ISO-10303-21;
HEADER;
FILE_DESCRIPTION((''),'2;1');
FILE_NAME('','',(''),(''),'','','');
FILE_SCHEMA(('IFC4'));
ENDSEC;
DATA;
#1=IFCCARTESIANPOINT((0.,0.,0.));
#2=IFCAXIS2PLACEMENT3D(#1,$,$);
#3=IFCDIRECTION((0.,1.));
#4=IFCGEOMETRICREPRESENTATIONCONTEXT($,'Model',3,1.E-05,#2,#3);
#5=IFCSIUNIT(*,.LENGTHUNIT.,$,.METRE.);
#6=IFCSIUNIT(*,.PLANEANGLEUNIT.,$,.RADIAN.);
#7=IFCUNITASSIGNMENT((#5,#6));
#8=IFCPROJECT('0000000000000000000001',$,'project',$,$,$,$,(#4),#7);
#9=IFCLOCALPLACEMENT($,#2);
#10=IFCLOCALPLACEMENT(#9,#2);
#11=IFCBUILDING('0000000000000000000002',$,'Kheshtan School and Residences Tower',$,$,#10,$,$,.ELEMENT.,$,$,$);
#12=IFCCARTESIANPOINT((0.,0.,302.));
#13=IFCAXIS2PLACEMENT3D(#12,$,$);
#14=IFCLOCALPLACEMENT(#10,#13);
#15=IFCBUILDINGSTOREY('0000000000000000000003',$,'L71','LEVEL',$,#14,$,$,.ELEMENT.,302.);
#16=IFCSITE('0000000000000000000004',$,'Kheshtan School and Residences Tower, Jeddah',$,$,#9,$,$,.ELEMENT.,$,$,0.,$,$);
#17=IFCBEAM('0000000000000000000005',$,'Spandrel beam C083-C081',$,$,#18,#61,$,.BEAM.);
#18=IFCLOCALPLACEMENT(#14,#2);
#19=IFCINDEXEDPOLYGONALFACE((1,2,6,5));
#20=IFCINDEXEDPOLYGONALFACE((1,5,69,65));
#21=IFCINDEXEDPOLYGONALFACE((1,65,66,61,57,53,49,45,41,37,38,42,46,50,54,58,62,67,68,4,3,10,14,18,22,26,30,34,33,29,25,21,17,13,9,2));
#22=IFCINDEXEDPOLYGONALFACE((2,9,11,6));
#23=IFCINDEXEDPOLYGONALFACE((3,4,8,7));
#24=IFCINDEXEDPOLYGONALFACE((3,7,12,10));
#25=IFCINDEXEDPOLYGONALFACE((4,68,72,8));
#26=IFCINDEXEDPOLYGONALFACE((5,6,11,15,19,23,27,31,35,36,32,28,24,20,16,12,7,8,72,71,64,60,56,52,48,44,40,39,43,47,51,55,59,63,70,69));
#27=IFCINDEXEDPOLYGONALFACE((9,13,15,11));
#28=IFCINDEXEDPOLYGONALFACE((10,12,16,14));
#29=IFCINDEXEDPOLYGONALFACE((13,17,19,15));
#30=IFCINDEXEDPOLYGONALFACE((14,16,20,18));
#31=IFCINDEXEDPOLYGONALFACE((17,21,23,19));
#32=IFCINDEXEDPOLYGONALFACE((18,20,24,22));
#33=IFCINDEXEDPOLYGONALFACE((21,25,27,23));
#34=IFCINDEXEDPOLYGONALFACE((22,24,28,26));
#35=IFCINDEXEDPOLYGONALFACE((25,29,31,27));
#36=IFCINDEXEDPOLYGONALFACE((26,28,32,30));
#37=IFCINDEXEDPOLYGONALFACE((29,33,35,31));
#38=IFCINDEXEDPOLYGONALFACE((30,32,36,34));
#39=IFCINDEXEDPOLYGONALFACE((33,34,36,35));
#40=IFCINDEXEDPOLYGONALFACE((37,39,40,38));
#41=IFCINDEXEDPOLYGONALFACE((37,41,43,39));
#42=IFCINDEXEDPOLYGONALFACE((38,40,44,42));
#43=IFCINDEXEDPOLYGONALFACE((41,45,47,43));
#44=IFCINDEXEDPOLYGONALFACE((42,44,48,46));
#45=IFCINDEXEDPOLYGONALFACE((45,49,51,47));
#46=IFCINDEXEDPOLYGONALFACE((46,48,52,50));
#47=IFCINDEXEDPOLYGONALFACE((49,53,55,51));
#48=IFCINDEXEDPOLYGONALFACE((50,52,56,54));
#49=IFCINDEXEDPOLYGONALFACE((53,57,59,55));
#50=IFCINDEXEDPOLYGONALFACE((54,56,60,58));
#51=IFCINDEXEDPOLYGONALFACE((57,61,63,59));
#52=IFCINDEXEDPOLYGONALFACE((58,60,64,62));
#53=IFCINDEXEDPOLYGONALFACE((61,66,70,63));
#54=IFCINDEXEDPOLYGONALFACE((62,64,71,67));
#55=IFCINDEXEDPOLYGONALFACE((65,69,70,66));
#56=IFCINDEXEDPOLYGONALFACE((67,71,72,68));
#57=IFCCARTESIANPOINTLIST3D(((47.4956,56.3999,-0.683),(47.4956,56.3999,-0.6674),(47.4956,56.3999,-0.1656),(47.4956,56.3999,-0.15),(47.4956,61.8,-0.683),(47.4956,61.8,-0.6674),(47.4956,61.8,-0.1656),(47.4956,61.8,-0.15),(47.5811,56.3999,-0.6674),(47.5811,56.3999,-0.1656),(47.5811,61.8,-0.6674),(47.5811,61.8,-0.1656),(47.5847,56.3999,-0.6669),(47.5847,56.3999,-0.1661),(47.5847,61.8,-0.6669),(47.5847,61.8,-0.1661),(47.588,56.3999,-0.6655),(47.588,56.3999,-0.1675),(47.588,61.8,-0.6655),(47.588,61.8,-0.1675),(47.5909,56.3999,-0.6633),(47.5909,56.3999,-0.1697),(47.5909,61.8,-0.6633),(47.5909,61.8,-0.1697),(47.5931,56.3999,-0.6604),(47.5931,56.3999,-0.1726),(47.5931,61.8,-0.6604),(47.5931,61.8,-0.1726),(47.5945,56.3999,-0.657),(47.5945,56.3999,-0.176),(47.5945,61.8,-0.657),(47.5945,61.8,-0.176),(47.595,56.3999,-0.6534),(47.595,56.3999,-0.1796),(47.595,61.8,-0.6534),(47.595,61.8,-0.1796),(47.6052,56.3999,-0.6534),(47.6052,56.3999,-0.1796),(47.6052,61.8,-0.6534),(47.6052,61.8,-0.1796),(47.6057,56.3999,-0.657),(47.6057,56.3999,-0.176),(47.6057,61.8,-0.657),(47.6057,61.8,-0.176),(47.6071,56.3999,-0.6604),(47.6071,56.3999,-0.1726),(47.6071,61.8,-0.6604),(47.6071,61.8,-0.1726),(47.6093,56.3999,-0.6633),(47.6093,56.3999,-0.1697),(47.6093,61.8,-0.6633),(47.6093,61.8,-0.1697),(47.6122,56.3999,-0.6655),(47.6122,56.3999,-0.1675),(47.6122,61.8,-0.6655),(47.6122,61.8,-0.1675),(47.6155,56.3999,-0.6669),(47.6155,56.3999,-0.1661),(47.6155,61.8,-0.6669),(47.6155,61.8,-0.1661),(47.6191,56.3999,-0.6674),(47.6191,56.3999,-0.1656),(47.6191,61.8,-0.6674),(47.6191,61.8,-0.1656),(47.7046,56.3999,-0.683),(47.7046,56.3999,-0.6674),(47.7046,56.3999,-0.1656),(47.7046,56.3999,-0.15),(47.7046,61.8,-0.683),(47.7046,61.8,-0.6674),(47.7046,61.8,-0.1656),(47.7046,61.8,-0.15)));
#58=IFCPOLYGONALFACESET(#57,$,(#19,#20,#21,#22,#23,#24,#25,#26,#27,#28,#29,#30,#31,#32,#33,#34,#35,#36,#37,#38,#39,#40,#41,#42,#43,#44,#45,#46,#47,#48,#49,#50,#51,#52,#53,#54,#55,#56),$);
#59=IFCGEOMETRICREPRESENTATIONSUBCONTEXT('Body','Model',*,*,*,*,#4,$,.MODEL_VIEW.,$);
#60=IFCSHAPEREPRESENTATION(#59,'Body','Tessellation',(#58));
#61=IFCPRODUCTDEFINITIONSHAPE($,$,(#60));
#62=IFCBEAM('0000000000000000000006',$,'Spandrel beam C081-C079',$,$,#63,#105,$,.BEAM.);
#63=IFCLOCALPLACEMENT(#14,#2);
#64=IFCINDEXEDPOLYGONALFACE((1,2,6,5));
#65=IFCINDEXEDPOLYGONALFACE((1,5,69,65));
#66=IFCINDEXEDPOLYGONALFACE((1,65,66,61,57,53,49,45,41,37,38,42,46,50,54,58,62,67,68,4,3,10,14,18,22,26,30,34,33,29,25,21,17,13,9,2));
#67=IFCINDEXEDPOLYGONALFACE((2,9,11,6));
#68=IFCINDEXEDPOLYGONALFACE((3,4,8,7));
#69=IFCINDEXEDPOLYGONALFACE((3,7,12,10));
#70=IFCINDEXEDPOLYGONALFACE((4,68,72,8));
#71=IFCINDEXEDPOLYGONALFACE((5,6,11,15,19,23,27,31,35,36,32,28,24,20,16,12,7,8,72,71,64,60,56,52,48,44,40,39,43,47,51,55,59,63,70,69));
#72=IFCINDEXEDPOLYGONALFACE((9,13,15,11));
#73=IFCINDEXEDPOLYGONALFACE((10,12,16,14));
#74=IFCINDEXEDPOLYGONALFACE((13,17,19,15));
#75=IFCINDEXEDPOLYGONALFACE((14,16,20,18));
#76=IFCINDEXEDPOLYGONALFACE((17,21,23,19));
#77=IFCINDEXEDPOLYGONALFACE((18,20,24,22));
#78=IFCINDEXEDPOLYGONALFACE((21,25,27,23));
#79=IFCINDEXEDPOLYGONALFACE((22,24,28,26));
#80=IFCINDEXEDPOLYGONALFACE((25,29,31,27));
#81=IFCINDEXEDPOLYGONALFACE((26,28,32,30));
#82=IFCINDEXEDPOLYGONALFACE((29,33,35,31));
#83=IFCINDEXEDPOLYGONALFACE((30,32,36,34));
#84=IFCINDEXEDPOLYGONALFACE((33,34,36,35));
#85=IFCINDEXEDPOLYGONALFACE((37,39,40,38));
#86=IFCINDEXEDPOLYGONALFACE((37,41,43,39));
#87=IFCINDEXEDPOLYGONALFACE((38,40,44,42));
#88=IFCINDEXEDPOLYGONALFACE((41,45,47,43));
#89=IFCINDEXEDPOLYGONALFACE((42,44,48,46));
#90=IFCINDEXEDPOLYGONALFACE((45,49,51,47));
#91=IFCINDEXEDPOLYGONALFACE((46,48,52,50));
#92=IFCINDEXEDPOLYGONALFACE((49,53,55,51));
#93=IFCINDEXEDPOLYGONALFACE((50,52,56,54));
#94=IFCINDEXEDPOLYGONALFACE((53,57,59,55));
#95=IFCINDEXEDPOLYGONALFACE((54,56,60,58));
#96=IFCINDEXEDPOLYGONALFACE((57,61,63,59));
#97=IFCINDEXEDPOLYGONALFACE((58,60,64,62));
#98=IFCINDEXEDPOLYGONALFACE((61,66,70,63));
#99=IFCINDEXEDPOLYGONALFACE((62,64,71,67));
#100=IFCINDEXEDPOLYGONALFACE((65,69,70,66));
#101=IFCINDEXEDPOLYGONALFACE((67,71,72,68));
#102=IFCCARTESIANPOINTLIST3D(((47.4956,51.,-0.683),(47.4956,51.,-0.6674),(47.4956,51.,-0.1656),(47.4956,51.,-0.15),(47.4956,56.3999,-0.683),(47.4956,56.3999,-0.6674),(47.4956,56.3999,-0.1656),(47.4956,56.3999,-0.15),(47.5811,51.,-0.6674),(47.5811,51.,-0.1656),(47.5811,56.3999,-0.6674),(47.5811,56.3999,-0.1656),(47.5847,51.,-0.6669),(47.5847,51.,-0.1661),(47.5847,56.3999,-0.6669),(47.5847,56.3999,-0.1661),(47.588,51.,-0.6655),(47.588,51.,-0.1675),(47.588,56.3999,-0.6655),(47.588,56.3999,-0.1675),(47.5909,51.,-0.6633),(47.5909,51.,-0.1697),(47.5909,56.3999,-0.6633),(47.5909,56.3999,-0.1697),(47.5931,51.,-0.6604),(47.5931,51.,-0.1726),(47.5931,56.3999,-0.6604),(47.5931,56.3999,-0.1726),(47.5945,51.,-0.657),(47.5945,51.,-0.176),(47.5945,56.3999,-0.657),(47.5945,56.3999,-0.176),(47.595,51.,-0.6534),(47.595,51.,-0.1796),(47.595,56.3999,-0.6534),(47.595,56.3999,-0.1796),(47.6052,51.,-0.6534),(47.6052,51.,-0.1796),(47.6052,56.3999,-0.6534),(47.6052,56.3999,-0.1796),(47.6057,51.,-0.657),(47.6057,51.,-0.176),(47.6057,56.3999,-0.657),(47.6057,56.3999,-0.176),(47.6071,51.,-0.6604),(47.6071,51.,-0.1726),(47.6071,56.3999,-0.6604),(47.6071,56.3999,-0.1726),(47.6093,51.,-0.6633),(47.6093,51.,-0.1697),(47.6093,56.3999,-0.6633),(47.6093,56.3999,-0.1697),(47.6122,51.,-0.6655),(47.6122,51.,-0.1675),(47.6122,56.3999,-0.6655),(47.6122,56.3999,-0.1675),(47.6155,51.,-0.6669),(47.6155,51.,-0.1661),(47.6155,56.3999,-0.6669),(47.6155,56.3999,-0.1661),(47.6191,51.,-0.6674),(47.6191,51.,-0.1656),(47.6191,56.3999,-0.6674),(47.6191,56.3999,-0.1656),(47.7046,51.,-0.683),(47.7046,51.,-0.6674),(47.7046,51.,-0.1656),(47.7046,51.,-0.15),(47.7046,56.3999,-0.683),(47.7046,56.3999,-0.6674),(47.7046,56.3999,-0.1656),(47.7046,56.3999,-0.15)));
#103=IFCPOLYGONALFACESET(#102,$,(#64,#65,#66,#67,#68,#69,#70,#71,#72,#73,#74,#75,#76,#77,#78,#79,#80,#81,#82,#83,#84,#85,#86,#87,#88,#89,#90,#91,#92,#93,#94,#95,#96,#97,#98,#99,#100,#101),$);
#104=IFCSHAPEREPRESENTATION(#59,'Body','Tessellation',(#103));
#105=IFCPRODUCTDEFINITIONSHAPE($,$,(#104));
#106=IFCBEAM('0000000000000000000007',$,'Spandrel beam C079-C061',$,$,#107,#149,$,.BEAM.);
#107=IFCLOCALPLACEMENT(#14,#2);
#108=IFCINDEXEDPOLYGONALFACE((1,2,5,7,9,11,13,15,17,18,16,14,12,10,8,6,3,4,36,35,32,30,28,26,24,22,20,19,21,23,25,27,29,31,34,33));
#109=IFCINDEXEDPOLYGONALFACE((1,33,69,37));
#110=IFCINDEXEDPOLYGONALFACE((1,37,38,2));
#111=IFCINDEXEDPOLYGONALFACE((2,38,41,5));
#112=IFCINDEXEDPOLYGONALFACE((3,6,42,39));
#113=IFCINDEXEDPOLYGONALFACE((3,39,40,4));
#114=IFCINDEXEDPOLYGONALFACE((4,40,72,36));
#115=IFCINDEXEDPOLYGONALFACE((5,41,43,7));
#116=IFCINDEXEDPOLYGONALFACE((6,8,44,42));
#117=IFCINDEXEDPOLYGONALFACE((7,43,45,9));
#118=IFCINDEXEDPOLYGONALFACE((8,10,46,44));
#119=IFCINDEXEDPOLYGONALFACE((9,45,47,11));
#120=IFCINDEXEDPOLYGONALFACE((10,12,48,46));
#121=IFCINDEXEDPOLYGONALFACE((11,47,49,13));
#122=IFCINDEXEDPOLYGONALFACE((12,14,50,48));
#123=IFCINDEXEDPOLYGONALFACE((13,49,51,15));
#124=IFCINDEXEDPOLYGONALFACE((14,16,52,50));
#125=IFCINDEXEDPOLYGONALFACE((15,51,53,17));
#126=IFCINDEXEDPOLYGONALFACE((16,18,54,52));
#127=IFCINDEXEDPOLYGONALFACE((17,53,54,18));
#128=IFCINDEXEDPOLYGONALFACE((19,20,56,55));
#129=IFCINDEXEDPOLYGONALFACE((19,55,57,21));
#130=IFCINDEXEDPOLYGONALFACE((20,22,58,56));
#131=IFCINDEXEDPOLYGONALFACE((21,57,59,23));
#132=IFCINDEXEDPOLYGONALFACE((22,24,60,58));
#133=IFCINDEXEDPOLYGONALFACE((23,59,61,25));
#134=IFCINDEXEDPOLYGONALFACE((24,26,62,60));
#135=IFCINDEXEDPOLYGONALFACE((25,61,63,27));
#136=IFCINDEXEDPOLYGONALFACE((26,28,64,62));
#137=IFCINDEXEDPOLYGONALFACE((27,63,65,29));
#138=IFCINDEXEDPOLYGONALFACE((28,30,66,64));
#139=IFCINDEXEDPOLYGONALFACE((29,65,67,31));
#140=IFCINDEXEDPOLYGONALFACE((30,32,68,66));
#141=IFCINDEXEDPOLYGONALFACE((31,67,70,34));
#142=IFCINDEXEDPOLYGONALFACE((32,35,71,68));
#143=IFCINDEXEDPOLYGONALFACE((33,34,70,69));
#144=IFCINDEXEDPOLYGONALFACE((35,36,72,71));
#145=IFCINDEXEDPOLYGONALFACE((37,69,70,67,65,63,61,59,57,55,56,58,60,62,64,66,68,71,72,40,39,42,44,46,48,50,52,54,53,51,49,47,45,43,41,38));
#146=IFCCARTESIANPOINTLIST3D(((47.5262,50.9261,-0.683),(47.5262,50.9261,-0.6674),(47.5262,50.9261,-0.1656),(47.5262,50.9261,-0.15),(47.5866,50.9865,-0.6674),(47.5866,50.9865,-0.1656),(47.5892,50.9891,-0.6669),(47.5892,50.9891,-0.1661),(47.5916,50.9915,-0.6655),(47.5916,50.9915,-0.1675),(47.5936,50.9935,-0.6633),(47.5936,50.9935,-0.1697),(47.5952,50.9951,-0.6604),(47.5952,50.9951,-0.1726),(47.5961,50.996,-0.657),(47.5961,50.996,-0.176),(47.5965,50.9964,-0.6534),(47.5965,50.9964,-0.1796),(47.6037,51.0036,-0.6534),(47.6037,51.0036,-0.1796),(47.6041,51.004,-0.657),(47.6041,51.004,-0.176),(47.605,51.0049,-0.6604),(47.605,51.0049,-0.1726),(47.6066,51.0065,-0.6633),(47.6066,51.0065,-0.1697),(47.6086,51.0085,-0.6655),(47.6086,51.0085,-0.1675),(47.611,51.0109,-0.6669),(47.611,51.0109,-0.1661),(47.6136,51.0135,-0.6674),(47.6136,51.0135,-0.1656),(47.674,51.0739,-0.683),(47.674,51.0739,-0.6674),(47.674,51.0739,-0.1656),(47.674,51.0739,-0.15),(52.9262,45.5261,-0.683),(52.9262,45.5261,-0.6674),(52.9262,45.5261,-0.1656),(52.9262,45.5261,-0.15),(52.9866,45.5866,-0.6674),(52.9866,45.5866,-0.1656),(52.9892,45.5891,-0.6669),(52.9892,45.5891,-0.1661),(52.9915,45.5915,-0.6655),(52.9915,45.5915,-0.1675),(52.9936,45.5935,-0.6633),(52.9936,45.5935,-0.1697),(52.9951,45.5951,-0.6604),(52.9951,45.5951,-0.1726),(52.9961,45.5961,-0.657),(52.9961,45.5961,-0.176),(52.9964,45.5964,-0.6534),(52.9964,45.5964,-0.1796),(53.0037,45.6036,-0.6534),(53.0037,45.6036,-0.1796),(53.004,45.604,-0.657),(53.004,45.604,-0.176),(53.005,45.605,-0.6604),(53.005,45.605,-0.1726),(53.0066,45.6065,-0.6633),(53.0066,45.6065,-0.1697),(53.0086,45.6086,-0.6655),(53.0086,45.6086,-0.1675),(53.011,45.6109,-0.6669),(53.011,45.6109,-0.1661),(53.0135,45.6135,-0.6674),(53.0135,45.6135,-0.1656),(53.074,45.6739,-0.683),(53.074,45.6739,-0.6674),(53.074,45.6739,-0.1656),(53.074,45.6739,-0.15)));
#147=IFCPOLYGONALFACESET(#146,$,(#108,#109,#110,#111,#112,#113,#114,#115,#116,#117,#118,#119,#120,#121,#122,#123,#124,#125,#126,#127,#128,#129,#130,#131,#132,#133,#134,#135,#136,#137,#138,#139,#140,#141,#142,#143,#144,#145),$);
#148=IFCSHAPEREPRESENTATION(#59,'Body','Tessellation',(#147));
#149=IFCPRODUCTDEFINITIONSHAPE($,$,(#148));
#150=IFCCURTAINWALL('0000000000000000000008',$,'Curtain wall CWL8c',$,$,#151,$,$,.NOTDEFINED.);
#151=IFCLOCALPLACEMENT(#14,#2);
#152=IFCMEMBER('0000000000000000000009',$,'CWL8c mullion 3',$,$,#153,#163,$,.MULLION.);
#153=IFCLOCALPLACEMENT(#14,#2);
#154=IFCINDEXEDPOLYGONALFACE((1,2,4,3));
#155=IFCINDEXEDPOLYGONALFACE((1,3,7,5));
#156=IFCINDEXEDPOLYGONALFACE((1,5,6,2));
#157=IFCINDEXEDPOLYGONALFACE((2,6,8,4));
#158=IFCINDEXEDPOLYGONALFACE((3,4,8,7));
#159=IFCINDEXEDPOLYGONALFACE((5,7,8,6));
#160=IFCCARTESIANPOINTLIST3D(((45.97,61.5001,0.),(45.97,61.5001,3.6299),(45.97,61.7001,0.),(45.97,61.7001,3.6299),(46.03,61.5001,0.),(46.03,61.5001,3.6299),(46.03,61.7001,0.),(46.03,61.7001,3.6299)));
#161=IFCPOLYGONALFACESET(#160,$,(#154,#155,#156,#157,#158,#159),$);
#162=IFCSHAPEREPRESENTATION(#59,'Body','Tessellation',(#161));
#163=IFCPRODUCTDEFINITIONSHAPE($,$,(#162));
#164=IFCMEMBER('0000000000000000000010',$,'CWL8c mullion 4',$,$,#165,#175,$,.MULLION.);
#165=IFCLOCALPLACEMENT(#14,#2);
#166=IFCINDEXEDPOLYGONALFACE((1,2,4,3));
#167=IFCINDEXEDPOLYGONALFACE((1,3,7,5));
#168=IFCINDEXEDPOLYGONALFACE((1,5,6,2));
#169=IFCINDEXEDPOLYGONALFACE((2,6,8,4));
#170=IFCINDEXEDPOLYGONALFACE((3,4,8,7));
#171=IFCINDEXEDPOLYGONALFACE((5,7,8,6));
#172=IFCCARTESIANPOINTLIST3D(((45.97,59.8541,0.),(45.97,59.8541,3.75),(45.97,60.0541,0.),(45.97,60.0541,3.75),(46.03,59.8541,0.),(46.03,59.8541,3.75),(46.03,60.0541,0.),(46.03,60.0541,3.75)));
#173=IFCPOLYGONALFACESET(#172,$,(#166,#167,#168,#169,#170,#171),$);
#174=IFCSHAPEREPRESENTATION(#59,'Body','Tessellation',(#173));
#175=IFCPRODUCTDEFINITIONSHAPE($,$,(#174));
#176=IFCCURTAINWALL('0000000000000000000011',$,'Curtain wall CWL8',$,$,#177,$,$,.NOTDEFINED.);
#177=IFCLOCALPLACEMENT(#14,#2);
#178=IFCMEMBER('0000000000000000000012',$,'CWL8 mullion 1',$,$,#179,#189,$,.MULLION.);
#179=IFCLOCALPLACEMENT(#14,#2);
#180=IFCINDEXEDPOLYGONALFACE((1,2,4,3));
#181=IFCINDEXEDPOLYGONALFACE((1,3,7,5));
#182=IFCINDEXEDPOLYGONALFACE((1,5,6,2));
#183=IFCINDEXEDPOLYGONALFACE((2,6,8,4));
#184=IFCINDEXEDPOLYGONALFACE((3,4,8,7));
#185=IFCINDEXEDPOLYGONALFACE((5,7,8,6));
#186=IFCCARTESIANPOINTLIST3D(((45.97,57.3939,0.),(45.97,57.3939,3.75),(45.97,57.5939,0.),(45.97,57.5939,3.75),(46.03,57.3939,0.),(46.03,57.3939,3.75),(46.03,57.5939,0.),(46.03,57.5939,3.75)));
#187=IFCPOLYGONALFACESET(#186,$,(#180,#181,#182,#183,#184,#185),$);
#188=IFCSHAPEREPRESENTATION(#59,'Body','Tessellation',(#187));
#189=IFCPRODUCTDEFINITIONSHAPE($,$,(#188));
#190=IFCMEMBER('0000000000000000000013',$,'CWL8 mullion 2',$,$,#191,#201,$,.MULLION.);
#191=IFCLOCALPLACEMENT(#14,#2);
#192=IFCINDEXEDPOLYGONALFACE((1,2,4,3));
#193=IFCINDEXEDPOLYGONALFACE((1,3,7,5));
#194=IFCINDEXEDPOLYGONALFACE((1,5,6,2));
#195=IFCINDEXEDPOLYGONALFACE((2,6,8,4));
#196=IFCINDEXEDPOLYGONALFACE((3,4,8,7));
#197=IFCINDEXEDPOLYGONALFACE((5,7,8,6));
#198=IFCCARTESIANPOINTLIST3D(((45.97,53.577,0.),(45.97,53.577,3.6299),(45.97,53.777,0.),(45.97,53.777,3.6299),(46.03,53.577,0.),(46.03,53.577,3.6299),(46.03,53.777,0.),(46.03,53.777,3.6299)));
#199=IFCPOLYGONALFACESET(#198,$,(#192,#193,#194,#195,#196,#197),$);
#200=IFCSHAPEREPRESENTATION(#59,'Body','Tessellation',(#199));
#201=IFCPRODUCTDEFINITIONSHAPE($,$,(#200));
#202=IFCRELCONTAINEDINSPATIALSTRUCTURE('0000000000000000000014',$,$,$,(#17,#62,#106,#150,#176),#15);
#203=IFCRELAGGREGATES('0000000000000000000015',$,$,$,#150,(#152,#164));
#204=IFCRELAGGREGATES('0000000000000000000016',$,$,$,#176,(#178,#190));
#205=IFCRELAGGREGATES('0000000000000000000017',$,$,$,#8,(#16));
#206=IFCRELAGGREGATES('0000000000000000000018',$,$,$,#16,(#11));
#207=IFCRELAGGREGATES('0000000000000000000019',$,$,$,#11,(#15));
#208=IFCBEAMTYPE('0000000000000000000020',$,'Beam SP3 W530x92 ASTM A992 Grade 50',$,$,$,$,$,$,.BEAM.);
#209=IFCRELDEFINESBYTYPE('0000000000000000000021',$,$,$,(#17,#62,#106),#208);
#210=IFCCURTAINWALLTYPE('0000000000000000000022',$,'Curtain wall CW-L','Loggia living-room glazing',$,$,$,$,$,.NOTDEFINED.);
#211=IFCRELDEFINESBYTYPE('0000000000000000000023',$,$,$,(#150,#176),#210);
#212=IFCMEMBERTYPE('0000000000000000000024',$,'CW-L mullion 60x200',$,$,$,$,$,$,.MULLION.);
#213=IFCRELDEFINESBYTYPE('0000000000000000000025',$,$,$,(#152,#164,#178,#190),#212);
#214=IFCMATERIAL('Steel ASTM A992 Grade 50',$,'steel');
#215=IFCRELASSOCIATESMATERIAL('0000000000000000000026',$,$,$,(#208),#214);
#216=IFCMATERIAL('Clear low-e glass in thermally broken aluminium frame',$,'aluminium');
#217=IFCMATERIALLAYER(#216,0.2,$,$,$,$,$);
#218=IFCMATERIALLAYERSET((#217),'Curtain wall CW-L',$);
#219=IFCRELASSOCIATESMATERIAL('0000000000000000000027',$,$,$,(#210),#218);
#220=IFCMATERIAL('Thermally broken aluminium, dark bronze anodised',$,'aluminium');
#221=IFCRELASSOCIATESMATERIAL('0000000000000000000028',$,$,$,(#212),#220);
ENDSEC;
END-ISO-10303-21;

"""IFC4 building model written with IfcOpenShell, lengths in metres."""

from ifc_helpers import new_model, si_unit, direction, frame, origin, origin_2d, place, context, subcontext, project, spatial, rectangle, i_section, extrude, material, layer, layer_set, material_profile, profile_set, type_object, element, aggregate, save


model = new_model("IFC4")

# Units and contexts
model_context = context("Model", 3, precision=1e-05, world=origin(), true_north=direction((0.0, 1.0)))
body_context = subcontext(model_context, "Body", "Model", "MODEL_VIEW")
ifc_project = project(units=[si_unit("LENGTHUNIT", "METRE"), si_unit("PLANEANGLEUNIT", "RADIAN")], contexts=[model_context])

# Site, building, storey
site_placement = place(None, origin())
site = spatial("IfcSite", under=ifc_project, at=site_placement, Name="Kheshtan School and Residences Tower, Jeddah", CompositionType="ELEMENT", RefElevation=0.0)
building_placement = place(site_placement, origin())
building = spatial("IfcBuilding", under=site, at=building_placement, Name="Kheshtan School and Residences Tower", CompositionType="ELEMENT")
storey_placement = place(building_placement, frame((0.0, 0.0, 302.0)))
storey = spatial("IfcBuildingStorey", under=building, at=storey_placement, Name="L71", Description="LEVEL", CompositionType="ELEMENT", Elevation=302.0)

# Shared definitions
ifc_material_1 = material(Name="Steel ASTM A992 Grade 50", Category="steel")

# Beams
ifc_material_profile_1 = material_profile(ifc_material_1, i_section(OverallWidth=0.209, OverallDepth=0.533, WebThickness=0.0103, FlangeThickness=0.0156, FilletRadius=0.0139, at=origin_2d()), Name="W530x92")
ifc_profile_set_1 = profile_set([ifc_material_profile_1], Name="Steel ASTM A992 Grade 50")
beam_type_1 = type_object("IfcBeamType", Name="Beam SP3 W530x92 ASTM A992 Grade 50", PredefinedType="BEAM", material=ifc_profile_set_1)
beam_1_placement = place(storey_placement, frame((47.6001, 61.8, -0.4165), z_axis=(0.0, -1.0, 0.0), x_axis=(1.0, 0.0, 0.0)))
element("IfcBeam", 1, at=beam_1_placement, inside=storey, type_object=beam_type_1, Name="Spandrel beam C083-C081", PredefinedType="BEAM", context=body_context, shape_type="SweptSolid", body=[
    extrude(i_section(OverallWidth=0.209, OverallDepth=0.533, WebThickness=0.0103, FlangeThickness=0.0156, FilletRadius=0.0139, at=origin_2d()), origin(), (0.0, 0.0, 1.0), 5.4001),
])
beam_2_placement = place(storey_placement, frame((47.6001, 56.3999, -0.4165), z_axis=(0.0, -1.0, 0.0), x_axis=(1.0, 0.0, 0.0)))
element("IfcBeam", 2, at=beam_2_placement, inside=storey, type_object=beam_type_1, Name="Spandrel beam C081-C079", PredefinedType="BEAM", context=body_context, shape_type="SweptSolid", body=[
    extrude(i_section(OverallWidth=0.209, OverallDepth=0.533, WebThickness=0.0103, FlangeThickness=0.0156, FilletRadius=0.0139, at=origin_2d()), origin(), (0.0, 0.0, 1.0), 5.3999),
])
beam_3_placement = place(storey_placement, frame((47.6001, 51.0, -0.4165), z_axis=(0.707107, -0.707107, 0.0), x_axis=(0.707107, 0.707107, 0.0)))
element("IfcBeam", 3, at=beam_3_placement, inside=storey, type_object=beam_type_1, Name="Spandrel beam C079-C061", PredefinedType="BEAM", context=body_context, shape_type="SweptSolid", body=[
    extrude(i_section(OverallWidth=0.209, OverallDepth=0.533, WebThickness=0.0103, FlangeThickness=0.0156, FilletRadius=0.0139, at=origin_2d()), origin(), (0.0, 0.0, 1.0), 7.6367),
])

# Curtain walls, members
ifc_material_2 = material(Name="Clear low-e glass in thermally broken aluminium frame", Category="aluminium")
ifc_layer_1 = layer(ifc_material_2, 0.2)
ifc_layer_set_1 = layer_set([ifc_layer_1], Name="Curtain wall CW-L")
curtain_wall_type = type_object("IfcCurtainWallType", Name="Curtain wall CW-L", Description="Loggia living-room glazing", PredefinedType="NOTDEFINED", material=ifc_layer_set_1)
curtain_wall_1_placement = place(storey_placement, origin())
curtain_wall_1 = element("IfcCurtainWall", 4, at=curtain_wall_1_placement, inside=storey, type_object=curtain_wall_type, Name="Curtain wall CWL8c", PredefinedType="NOTDEFINED")
ifc_material_3 = material(Name="Thermally broken aluminium, dark bronze anodised", Category="aluminium")
ifc_material_profile_2 = material_profile(ifc_material_3, rectangle(XDim=0.0601, YDim=0.2, at=origin_2d()), Name="CW-L mullion 60x200")
ifc_profile_set_2 = profile_set([ifc_material_profile_2], Name="Thermally broken aluminium, dark bronze anodised")
member_type_1 = type_object("IfcMemberType", Name="CW-L mullion 60x200", PredefinedType="MULLION", material=ifc_profile_set_2)
member_1_placement = place(storey_placement, frame((46.0, 61.6001, 0.0), z_axis=(0.0, 0.0, 1.0), x_axis=(1.0, 0.0, 0.0)))
member_1 = element("IfcMember", 5, at=member_1_placement, type_object=member_type_1, Name="CWL8c mullion 3", PredefinedType="MULLION", context=body_context, shape_type="SweptSolid", body=[
    extrude(rectangle(XDim=0.0601, YDim=0.2, at=origin_2d()), origin(), (0.0, 0.0, 1.0), 3.6299),
])
member_2_placement = place(storey_placement, frame((46.0, 59.9541, 0.0), z_axis=(0.0, 0.0, 1.0), x_axis=(1.0, 0.0, 0.0)))
member_2 = element("IfcMember", 6, at=member_2_placement, type_object=member_type_1, Name="CWL8c mullion 4", PredefinedType="MULLION", context=body_context, shape_type="SweptSolid", body=[
    extrude(rectangle(XDim=0.0601, YDim=0.2, at=origin_2d()), origin(), (0.0, 0.0, 1.0), 3.75),
])
curtain_wall_2_placement = place(storey_placement, origin())
curtain_wall_2 = element("IfcCurtainWall", 7, at=curtain_wall_2_placement, inside=storey, type_object=curtain_wall_type, Name="Curtain wall CWL8", PredefinedType="NOTDEFINED")
member_3_placement = place(storey_placement, frame((46.0, 57.4939, 0.0), z_axis=(0.0, 0.0, 1.0), x_axis=(1.0, 0.0, 0.0)))
member_3 = element("IfcMember", 8, at=member_3_placement, type_object=member_type_1, Name="CWL8 mullion 1", PredefinedType="MULLION", context=body_context, shape_type="SweptSolid", body=[
    extrude(rectangle(XDim=0.0601, YDim=0.2, at=origin_2d()), origin(), (0.0, 0.0, 1.0), 3.75),
])
member_4_placement = place(storey_placement, frame((46.0, 53.677, 0.0), z_axis=(0.0, 0.0, 1.0), x_axis=(1.0, 0.0, 0.0)))
member_4 = element("IfcMember", 9, at=member_4_placement, type_object=member_type_1, Name="CWL8 mullion 2", PredefinedType="MULLION", context=body_context, shape_type="SweptSolid", body=[
    extrude(rectangle(XDim=0.0601, YDim=0.2, at=origin_2d()), origin(), (0.0, 0.0, 1.0), 3.6299),
])

aggregate(curtain_wall_1, [member_1, member_2])
aggregate(curtain_wall_2, [member_3, member_4])

save(model, "model.ifc")
